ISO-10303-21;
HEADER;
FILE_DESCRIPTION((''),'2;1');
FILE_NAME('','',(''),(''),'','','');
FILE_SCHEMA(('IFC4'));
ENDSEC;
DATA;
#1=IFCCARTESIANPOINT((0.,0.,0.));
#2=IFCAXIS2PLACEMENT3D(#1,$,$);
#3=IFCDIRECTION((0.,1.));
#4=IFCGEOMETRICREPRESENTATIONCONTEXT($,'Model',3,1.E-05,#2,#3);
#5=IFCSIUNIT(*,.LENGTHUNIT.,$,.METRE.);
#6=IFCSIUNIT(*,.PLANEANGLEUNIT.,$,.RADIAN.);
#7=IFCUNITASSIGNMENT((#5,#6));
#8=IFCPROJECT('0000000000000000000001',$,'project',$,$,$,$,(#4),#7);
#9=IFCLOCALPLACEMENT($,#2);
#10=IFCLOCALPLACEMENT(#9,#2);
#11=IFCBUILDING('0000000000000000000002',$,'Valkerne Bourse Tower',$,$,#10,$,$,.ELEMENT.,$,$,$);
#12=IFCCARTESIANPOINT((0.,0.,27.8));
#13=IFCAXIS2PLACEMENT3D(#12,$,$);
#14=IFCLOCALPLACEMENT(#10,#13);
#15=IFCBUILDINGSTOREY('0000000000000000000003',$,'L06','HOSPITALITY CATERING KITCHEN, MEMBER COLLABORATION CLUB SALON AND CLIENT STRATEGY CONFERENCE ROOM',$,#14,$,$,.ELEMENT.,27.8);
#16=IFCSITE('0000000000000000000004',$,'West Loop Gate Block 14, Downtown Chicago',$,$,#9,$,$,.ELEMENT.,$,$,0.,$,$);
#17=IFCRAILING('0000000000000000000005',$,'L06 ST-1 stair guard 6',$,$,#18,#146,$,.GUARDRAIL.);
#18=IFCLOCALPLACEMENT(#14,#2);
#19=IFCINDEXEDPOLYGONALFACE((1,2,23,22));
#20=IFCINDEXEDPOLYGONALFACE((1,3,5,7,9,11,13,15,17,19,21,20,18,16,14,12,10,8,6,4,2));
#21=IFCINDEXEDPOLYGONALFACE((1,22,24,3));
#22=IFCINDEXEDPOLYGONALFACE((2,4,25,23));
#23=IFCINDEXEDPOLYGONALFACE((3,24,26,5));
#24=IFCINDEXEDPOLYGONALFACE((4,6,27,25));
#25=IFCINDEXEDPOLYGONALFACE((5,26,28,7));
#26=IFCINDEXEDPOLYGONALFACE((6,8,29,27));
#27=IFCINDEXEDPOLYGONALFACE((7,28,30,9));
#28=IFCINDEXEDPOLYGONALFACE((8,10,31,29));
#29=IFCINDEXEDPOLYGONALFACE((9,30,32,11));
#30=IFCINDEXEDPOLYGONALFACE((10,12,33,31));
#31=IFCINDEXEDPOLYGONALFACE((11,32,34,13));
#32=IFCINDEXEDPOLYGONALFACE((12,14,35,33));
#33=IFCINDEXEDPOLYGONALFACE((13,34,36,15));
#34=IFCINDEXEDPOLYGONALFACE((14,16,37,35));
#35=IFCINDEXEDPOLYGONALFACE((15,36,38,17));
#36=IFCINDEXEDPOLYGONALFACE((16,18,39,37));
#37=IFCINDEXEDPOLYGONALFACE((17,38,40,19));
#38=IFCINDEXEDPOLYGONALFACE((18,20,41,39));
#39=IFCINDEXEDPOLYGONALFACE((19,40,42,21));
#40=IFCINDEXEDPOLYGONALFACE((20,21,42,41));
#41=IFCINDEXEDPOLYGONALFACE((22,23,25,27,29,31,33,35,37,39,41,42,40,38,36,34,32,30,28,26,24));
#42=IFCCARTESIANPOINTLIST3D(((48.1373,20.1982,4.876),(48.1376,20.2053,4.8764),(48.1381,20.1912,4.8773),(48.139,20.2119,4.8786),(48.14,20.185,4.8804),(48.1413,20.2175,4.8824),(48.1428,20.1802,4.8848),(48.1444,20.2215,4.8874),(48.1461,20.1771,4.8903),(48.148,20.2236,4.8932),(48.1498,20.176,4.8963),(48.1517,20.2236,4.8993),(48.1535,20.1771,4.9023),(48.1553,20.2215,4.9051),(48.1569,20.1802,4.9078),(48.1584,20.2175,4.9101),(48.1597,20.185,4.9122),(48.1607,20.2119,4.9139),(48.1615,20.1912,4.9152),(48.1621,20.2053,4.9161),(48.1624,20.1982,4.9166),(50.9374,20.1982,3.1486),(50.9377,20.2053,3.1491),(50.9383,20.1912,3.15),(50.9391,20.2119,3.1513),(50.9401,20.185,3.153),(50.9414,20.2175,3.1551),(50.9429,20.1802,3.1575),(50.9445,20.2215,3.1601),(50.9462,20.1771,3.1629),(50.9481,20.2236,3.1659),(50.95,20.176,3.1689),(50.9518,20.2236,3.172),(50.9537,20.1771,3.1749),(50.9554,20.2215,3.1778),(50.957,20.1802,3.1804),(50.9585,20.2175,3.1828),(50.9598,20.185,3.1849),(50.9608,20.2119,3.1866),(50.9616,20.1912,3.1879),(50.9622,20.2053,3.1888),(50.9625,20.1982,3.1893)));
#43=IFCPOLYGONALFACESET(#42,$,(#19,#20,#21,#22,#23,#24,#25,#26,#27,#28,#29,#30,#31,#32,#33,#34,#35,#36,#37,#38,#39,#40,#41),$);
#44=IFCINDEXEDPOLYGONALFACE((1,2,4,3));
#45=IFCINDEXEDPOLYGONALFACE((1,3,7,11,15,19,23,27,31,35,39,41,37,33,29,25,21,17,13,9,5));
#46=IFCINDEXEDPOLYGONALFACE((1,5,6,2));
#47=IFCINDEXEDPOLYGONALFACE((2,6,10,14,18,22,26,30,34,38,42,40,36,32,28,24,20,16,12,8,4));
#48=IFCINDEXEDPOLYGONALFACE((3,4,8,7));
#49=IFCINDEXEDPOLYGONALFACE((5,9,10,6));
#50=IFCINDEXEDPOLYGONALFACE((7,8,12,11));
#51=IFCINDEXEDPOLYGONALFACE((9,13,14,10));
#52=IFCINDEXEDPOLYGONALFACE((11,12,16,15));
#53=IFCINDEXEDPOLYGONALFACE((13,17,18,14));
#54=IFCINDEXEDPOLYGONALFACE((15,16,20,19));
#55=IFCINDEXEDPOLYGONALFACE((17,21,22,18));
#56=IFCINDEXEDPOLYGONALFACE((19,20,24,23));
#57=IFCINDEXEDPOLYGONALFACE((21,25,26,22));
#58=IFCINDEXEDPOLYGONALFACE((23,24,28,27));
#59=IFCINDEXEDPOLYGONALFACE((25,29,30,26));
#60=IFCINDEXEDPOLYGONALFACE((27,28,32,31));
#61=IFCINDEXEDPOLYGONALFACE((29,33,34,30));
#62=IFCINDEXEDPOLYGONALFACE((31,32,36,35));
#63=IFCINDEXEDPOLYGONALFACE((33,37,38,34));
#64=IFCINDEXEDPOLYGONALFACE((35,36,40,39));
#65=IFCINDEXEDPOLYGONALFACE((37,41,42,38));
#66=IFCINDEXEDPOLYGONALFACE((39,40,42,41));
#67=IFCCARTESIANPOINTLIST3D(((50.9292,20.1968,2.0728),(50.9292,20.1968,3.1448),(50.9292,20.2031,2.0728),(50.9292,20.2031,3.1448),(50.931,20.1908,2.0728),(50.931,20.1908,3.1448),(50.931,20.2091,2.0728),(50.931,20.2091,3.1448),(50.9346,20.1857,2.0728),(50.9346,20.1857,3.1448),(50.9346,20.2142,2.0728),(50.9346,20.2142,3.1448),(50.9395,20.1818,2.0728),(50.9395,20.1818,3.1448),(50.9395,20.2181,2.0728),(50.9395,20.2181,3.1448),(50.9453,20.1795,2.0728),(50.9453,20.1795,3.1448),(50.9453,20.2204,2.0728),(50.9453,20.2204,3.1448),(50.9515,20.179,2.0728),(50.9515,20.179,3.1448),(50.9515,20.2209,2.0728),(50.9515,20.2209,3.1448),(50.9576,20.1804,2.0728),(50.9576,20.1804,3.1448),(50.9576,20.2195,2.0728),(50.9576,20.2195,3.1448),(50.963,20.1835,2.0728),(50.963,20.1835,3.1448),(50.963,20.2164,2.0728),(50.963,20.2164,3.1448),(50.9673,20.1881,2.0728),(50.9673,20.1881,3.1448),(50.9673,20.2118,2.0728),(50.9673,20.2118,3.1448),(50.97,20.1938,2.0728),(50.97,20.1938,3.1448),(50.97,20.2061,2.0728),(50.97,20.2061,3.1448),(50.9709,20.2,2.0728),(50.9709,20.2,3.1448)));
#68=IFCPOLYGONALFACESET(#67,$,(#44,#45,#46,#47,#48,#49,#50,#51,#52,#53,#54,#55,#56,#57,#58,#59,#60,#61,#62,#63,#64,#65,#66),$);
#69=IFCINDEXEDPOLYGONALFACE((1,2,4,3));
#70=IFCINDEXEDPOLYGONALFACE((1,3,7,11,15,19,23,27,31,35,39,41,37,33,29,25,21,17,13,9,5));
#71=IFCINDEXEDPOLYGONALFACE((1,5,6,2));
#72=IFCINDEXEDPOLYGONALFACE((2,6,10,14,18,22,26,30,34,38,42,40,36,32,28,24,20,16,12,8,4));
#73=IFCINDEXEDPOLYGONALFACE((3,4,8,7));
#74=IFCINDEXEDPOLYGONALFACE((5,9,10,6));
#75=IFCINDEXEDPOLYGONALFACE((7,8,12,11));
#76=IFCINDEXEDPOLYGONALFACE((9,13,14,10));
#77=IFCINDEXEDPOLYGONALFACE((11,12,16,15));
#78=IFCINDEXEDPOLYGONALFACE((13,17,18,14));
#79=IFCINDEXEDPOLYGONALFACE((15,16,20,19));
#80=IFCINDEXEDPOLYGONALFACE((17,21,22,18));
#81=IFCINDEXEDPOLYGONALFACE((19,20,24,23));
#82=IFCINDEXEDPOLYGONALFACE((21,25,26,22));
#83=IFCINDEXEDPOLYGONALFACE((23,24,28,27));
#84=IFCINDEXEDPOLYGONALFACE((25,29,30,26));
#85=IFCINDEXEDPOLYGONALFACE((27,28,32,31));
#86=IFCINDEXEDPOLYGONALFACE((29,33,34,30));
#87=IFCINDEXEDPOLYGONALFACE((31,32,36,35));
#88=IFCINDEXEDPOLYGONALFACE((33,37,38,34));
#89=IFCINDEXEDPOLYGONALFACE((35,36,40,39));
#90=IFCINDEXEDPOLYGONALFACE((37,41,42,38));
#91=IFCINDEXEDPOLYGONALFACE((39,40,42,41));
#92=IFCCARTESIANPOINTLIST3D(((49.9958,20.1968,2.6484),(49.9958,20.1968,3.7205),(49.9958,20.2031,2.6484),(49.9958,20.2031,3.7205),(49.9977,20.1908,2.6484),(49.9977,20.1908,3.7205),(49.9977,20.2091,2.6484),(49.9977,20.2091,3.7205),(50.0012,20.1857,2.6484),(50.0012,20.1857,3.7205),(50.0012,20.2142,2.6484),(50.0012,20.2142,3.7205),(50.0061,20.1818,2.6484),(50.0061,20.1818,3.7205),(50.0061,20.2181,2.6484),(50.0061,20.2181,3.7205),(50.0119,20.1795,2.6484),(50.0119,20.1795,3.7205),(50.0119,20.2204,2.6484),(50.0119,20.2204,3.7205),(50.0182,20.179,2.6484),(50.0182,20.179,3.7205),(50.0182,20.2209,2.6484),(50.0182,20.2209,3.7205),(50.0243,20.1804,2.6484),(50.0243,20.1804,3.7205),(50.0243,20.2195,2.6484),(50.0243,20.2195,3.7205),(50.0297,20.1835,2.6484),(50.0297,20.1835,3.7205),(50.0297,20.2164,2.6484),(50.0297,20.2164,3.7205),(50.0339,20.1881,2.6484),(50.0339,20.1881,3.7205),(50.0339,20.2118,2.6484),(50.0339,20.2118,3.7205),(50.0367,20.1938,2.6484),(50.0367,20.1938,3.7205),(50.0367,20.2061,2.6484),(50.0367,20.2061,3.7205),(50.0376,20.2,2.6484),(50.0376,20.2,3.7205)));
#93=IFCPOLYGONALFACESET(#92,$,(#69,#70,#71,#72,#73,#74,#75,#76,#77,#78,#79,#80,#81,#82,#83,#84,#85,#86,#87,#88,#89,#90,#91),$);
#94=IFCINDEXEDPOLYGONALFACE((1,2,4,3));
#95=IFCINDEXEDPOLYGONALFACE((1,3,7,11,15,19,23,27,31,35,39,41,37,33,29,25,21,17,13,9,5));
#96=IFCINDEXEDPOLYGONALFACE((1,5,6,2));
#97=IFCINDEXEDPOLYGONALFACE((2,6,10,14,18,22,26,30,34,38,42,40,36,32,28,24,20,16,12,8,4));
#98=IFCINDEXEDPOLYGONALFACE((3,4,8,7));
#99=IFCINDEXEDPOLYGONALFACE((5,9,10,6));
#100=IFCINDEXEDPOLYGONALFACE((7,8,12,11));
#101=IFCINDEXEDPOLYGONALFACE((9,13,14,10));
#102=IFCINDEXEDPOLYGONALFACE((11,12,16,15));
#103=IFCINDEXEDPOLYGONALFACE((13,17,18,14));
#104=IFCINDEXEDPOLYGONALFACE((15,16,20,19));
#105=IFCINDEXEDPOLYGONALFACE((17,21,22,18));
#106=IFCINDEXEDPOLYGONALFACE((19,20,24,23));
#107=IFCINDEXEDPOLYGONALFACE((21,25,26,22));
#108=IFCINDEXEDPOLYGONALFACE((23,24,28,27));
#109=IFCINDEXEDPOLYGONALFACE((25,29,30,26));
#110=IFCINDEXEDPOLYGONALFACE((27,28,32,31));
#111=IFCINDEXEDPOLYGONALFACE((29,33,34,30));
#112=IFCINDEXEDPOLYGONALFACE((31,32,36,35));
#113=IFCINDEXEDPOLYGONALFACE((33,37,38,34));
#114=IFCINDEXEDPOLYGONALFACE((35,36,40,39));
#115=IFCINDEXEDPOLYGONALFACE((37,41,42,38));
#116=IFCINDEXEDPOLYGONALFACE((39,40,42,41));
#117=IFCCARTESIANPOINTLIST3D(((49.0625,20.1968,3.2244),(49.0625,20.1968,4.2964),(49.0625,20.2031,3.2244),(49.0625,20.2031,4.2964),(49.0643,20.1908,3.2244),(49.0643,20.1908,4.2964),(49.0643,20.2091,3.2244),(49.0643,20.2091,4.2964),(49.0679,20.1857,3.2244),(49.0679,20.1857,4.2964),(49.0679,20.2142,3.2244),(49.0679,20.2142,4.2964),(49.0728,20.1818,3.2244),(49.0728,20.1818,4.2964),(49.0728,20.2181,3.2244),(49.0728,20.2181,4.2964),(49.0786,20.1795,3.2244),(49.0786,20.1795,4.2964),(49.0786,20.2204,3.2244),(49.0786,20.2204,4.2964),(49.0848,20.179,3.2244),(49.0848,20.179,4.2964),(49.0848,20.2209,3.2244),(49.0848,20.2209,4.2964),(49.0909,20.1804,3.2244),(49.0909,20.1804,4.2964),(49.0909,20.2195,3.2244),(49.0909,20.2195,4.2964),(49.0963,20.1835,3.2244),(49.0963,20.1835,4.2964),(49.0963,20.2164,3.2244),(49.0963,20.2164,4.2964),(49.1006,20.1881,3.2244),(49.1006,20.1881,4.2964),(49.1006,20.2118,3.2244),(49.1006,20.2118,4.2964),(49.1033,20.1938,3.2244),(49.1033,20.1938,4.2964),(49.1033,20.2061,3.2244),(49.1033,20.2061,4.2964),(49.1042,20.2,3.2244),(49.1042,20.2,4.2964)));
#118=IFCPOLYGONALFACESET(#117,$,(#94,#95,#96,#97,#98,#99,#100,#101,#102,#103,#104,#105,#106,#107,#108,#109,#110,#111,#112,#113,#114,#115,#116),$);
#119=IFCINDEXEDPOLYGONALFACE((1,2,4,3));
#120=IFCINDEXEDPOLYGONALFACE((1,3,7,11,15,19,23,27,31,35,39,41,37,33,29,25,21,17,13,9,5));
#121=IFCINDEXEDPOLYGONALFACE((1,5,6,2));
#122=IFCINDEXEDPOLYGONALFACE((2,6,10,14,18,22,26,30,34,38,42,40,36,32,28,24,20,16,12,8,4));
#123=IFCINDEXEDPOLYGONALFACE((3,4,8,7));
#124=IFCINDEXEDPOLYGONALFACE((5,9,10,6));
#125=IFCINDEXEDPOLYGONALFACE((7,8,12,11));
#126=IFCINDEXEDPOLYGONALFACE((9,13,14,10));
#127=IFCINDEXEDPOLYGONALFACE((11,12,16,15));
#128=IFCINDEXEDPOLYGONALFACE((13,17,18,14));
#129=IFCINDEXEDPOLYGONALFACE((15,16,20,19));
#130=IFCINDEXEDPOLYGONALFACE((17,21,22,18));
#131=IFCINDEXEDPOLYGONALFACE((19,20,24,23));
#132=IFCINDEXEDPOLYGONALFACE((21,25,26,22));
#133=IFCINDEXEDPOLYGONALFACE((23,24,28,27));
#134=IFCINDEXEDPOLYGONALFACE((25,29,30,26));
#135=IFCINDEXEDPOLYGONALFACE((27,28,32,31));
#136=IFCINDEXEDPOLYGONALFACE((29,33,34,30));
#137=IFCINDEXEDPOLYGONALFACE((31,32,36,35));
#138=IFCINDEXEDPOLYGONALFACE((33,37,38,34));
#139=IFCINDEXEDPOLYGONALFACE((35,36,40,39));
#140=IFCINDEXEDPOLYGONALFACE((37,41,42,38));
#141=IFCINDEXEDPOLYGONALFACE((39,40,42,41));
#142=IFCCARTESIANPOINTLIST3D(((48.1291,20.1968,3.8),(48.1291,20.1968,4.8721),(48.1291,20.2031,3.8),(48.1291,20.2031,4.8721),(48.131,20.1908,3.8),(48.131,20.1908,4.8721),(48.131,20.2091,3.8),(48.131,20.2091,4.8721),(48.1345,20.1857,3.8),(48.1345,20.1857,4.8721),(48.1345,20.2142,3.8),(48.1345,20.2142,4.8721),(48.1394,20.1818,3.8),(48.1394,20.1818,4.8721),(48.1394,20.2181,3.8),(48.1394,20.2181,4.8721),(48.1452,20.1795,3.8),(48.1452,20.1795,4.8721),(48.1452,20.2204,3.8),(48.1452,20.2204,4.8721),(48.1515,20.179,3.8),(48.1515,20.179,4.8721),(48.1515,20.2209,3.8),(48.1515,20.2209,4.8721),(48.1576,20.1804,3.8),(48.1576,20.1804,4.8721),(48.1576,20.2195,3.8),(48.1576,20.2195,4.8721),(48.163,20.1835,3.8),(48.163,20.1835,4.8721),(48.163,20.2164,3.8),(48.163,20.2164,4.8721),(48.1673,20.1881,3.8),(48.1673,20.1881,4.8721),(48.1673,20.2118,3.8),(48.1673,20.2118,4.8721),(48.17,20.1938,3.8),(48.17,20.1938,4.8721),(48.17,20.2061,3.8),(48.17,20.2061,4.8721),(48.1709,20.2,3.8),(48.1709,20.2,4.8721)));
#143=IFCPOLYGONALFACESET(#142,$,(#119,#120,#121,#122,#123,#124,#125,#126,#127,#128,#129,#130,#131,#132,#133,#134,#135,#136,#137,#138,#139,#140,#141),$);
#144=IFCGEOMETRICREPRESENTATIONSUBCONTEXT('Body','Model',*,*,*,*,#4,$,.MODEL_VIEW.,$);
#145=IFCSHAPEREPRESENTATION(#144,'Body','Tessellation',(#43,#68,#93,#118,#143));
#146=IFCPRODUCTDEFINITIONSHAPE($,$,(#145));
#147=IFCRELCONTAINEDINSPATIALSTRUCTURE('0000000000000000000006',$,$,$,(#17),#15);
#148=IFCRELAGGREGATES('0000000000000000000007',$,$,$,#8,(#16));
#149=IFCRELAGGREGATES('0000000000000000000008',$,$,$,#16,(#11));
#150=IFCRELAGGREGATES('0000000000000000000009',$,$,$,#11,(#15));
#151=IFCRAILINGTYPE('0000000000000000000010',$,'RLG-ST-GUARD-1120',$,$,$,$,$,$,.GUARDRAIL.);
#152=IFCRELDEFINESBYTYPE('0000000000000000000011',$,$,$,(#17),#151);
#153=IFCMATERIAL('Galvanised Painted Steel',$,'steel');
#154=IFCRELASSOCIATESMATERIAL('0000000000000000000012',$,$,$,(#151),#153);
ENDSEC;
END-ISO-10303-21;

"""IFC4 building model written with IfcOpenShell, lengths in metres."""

from ifc_helpers import new_model, si_unit, direction, frame, origin, origin_2d, place, context, subcontext, project, spatial, circle, extrude, material, type_object, element, save


model = new_model("IFC4")

# Units and contexts
model_context = context("Model", 3, precision=1e-05, world=origin(), true_north=direction((0.0, 1.0)))
body_context = subcontext(model_context, "Body", "Model", "MODEL_VIEW")
ifc_project = project(units=[si_unit("LENGTHUNIT", "METRE"), si_unit("PLANEANGLEUNIT", "RADIAN")], contexts=[model_context])

# Site, building, storey
site_placement = place(None, origin())
site = spatial("IfcSite", under=ifc_project, at=site_placement, Name="West Loop Gate Block 14, Downtown Chicago", CompositionType="ELEMENT", RefElevation=0.0)
building_placement = place(site_placement, origin())
building = spatial("IfcBuilding", under=site, at=building_placement, Name="Valkerne Bourse Tower", CompositionType="ELEMENT")
storey_placement = place(building_placement, frame((0.0, 0.0, 27.8)))
storey = spatial("IfcBuildingStorey", under=building, at=storey_placement, Name="L06", Description="HOSPITALITY CATERING KITCHEN, MEMBER COLLABORATION CLUB SALON AND CLIENT STRATEGY CONFERENCE ROOM", CompositionType="ELEMENT", Elevation=27.8)

# Shared definitions
ifc_material_1 = material(Name="Galvanised Painted Steel", Category="steel")

# Railing
railing_type_1 = type_object("IfcRailingType", Name="RLG-ST-GUARD-1120", PredefinedType="GUARDRAIL", material=ifc_material_1)
railing_1_placement = place(storey_placement, frame((50.95, 20.2, 2.0728)))
element("IfcRailing", 1, at=railing_1_placement, inside=storey, type_object=railing_type_1, Name="L06 ST-1 stair guard 6", PredefinedType="GUARDRAIL", context=body_context, shape_type="SweptSolid", body=[
    extrude(circle(Radius=0.0239, at=origin_2d()), frame((0.0, 0.0, 1.0962), z_axis=(-0.85109, 0.0, 0.52502), x_axis=(0.0, -1.0, 0.0)), (0.0, 0.0, 1.0), 3.29),
    extrude(circle(Radius=0.021, at=origin_2d()), origin(), (0.0, 0.0, 1.0), 1.072),
    extrude(circle(Radius=0.021, at=origin_2d()), frame((-0.9333, 0.0, 0.5757)), (0.0, 0.0, 1.0), 1.072),
    extrude(circle(Radius=0.021, at=origin_2d()), frame((-1.8667, 0.0, 1.1516)), (0.0, 0.0, 1.0), 1.072),
    extrude(circle(Radius=0.021, at=origin_2d()), frame((-2.8, 0.0, 1.7273)), (0.0, 0.0, 1.0), 1.072),
])

save(model, "model.ifc")
